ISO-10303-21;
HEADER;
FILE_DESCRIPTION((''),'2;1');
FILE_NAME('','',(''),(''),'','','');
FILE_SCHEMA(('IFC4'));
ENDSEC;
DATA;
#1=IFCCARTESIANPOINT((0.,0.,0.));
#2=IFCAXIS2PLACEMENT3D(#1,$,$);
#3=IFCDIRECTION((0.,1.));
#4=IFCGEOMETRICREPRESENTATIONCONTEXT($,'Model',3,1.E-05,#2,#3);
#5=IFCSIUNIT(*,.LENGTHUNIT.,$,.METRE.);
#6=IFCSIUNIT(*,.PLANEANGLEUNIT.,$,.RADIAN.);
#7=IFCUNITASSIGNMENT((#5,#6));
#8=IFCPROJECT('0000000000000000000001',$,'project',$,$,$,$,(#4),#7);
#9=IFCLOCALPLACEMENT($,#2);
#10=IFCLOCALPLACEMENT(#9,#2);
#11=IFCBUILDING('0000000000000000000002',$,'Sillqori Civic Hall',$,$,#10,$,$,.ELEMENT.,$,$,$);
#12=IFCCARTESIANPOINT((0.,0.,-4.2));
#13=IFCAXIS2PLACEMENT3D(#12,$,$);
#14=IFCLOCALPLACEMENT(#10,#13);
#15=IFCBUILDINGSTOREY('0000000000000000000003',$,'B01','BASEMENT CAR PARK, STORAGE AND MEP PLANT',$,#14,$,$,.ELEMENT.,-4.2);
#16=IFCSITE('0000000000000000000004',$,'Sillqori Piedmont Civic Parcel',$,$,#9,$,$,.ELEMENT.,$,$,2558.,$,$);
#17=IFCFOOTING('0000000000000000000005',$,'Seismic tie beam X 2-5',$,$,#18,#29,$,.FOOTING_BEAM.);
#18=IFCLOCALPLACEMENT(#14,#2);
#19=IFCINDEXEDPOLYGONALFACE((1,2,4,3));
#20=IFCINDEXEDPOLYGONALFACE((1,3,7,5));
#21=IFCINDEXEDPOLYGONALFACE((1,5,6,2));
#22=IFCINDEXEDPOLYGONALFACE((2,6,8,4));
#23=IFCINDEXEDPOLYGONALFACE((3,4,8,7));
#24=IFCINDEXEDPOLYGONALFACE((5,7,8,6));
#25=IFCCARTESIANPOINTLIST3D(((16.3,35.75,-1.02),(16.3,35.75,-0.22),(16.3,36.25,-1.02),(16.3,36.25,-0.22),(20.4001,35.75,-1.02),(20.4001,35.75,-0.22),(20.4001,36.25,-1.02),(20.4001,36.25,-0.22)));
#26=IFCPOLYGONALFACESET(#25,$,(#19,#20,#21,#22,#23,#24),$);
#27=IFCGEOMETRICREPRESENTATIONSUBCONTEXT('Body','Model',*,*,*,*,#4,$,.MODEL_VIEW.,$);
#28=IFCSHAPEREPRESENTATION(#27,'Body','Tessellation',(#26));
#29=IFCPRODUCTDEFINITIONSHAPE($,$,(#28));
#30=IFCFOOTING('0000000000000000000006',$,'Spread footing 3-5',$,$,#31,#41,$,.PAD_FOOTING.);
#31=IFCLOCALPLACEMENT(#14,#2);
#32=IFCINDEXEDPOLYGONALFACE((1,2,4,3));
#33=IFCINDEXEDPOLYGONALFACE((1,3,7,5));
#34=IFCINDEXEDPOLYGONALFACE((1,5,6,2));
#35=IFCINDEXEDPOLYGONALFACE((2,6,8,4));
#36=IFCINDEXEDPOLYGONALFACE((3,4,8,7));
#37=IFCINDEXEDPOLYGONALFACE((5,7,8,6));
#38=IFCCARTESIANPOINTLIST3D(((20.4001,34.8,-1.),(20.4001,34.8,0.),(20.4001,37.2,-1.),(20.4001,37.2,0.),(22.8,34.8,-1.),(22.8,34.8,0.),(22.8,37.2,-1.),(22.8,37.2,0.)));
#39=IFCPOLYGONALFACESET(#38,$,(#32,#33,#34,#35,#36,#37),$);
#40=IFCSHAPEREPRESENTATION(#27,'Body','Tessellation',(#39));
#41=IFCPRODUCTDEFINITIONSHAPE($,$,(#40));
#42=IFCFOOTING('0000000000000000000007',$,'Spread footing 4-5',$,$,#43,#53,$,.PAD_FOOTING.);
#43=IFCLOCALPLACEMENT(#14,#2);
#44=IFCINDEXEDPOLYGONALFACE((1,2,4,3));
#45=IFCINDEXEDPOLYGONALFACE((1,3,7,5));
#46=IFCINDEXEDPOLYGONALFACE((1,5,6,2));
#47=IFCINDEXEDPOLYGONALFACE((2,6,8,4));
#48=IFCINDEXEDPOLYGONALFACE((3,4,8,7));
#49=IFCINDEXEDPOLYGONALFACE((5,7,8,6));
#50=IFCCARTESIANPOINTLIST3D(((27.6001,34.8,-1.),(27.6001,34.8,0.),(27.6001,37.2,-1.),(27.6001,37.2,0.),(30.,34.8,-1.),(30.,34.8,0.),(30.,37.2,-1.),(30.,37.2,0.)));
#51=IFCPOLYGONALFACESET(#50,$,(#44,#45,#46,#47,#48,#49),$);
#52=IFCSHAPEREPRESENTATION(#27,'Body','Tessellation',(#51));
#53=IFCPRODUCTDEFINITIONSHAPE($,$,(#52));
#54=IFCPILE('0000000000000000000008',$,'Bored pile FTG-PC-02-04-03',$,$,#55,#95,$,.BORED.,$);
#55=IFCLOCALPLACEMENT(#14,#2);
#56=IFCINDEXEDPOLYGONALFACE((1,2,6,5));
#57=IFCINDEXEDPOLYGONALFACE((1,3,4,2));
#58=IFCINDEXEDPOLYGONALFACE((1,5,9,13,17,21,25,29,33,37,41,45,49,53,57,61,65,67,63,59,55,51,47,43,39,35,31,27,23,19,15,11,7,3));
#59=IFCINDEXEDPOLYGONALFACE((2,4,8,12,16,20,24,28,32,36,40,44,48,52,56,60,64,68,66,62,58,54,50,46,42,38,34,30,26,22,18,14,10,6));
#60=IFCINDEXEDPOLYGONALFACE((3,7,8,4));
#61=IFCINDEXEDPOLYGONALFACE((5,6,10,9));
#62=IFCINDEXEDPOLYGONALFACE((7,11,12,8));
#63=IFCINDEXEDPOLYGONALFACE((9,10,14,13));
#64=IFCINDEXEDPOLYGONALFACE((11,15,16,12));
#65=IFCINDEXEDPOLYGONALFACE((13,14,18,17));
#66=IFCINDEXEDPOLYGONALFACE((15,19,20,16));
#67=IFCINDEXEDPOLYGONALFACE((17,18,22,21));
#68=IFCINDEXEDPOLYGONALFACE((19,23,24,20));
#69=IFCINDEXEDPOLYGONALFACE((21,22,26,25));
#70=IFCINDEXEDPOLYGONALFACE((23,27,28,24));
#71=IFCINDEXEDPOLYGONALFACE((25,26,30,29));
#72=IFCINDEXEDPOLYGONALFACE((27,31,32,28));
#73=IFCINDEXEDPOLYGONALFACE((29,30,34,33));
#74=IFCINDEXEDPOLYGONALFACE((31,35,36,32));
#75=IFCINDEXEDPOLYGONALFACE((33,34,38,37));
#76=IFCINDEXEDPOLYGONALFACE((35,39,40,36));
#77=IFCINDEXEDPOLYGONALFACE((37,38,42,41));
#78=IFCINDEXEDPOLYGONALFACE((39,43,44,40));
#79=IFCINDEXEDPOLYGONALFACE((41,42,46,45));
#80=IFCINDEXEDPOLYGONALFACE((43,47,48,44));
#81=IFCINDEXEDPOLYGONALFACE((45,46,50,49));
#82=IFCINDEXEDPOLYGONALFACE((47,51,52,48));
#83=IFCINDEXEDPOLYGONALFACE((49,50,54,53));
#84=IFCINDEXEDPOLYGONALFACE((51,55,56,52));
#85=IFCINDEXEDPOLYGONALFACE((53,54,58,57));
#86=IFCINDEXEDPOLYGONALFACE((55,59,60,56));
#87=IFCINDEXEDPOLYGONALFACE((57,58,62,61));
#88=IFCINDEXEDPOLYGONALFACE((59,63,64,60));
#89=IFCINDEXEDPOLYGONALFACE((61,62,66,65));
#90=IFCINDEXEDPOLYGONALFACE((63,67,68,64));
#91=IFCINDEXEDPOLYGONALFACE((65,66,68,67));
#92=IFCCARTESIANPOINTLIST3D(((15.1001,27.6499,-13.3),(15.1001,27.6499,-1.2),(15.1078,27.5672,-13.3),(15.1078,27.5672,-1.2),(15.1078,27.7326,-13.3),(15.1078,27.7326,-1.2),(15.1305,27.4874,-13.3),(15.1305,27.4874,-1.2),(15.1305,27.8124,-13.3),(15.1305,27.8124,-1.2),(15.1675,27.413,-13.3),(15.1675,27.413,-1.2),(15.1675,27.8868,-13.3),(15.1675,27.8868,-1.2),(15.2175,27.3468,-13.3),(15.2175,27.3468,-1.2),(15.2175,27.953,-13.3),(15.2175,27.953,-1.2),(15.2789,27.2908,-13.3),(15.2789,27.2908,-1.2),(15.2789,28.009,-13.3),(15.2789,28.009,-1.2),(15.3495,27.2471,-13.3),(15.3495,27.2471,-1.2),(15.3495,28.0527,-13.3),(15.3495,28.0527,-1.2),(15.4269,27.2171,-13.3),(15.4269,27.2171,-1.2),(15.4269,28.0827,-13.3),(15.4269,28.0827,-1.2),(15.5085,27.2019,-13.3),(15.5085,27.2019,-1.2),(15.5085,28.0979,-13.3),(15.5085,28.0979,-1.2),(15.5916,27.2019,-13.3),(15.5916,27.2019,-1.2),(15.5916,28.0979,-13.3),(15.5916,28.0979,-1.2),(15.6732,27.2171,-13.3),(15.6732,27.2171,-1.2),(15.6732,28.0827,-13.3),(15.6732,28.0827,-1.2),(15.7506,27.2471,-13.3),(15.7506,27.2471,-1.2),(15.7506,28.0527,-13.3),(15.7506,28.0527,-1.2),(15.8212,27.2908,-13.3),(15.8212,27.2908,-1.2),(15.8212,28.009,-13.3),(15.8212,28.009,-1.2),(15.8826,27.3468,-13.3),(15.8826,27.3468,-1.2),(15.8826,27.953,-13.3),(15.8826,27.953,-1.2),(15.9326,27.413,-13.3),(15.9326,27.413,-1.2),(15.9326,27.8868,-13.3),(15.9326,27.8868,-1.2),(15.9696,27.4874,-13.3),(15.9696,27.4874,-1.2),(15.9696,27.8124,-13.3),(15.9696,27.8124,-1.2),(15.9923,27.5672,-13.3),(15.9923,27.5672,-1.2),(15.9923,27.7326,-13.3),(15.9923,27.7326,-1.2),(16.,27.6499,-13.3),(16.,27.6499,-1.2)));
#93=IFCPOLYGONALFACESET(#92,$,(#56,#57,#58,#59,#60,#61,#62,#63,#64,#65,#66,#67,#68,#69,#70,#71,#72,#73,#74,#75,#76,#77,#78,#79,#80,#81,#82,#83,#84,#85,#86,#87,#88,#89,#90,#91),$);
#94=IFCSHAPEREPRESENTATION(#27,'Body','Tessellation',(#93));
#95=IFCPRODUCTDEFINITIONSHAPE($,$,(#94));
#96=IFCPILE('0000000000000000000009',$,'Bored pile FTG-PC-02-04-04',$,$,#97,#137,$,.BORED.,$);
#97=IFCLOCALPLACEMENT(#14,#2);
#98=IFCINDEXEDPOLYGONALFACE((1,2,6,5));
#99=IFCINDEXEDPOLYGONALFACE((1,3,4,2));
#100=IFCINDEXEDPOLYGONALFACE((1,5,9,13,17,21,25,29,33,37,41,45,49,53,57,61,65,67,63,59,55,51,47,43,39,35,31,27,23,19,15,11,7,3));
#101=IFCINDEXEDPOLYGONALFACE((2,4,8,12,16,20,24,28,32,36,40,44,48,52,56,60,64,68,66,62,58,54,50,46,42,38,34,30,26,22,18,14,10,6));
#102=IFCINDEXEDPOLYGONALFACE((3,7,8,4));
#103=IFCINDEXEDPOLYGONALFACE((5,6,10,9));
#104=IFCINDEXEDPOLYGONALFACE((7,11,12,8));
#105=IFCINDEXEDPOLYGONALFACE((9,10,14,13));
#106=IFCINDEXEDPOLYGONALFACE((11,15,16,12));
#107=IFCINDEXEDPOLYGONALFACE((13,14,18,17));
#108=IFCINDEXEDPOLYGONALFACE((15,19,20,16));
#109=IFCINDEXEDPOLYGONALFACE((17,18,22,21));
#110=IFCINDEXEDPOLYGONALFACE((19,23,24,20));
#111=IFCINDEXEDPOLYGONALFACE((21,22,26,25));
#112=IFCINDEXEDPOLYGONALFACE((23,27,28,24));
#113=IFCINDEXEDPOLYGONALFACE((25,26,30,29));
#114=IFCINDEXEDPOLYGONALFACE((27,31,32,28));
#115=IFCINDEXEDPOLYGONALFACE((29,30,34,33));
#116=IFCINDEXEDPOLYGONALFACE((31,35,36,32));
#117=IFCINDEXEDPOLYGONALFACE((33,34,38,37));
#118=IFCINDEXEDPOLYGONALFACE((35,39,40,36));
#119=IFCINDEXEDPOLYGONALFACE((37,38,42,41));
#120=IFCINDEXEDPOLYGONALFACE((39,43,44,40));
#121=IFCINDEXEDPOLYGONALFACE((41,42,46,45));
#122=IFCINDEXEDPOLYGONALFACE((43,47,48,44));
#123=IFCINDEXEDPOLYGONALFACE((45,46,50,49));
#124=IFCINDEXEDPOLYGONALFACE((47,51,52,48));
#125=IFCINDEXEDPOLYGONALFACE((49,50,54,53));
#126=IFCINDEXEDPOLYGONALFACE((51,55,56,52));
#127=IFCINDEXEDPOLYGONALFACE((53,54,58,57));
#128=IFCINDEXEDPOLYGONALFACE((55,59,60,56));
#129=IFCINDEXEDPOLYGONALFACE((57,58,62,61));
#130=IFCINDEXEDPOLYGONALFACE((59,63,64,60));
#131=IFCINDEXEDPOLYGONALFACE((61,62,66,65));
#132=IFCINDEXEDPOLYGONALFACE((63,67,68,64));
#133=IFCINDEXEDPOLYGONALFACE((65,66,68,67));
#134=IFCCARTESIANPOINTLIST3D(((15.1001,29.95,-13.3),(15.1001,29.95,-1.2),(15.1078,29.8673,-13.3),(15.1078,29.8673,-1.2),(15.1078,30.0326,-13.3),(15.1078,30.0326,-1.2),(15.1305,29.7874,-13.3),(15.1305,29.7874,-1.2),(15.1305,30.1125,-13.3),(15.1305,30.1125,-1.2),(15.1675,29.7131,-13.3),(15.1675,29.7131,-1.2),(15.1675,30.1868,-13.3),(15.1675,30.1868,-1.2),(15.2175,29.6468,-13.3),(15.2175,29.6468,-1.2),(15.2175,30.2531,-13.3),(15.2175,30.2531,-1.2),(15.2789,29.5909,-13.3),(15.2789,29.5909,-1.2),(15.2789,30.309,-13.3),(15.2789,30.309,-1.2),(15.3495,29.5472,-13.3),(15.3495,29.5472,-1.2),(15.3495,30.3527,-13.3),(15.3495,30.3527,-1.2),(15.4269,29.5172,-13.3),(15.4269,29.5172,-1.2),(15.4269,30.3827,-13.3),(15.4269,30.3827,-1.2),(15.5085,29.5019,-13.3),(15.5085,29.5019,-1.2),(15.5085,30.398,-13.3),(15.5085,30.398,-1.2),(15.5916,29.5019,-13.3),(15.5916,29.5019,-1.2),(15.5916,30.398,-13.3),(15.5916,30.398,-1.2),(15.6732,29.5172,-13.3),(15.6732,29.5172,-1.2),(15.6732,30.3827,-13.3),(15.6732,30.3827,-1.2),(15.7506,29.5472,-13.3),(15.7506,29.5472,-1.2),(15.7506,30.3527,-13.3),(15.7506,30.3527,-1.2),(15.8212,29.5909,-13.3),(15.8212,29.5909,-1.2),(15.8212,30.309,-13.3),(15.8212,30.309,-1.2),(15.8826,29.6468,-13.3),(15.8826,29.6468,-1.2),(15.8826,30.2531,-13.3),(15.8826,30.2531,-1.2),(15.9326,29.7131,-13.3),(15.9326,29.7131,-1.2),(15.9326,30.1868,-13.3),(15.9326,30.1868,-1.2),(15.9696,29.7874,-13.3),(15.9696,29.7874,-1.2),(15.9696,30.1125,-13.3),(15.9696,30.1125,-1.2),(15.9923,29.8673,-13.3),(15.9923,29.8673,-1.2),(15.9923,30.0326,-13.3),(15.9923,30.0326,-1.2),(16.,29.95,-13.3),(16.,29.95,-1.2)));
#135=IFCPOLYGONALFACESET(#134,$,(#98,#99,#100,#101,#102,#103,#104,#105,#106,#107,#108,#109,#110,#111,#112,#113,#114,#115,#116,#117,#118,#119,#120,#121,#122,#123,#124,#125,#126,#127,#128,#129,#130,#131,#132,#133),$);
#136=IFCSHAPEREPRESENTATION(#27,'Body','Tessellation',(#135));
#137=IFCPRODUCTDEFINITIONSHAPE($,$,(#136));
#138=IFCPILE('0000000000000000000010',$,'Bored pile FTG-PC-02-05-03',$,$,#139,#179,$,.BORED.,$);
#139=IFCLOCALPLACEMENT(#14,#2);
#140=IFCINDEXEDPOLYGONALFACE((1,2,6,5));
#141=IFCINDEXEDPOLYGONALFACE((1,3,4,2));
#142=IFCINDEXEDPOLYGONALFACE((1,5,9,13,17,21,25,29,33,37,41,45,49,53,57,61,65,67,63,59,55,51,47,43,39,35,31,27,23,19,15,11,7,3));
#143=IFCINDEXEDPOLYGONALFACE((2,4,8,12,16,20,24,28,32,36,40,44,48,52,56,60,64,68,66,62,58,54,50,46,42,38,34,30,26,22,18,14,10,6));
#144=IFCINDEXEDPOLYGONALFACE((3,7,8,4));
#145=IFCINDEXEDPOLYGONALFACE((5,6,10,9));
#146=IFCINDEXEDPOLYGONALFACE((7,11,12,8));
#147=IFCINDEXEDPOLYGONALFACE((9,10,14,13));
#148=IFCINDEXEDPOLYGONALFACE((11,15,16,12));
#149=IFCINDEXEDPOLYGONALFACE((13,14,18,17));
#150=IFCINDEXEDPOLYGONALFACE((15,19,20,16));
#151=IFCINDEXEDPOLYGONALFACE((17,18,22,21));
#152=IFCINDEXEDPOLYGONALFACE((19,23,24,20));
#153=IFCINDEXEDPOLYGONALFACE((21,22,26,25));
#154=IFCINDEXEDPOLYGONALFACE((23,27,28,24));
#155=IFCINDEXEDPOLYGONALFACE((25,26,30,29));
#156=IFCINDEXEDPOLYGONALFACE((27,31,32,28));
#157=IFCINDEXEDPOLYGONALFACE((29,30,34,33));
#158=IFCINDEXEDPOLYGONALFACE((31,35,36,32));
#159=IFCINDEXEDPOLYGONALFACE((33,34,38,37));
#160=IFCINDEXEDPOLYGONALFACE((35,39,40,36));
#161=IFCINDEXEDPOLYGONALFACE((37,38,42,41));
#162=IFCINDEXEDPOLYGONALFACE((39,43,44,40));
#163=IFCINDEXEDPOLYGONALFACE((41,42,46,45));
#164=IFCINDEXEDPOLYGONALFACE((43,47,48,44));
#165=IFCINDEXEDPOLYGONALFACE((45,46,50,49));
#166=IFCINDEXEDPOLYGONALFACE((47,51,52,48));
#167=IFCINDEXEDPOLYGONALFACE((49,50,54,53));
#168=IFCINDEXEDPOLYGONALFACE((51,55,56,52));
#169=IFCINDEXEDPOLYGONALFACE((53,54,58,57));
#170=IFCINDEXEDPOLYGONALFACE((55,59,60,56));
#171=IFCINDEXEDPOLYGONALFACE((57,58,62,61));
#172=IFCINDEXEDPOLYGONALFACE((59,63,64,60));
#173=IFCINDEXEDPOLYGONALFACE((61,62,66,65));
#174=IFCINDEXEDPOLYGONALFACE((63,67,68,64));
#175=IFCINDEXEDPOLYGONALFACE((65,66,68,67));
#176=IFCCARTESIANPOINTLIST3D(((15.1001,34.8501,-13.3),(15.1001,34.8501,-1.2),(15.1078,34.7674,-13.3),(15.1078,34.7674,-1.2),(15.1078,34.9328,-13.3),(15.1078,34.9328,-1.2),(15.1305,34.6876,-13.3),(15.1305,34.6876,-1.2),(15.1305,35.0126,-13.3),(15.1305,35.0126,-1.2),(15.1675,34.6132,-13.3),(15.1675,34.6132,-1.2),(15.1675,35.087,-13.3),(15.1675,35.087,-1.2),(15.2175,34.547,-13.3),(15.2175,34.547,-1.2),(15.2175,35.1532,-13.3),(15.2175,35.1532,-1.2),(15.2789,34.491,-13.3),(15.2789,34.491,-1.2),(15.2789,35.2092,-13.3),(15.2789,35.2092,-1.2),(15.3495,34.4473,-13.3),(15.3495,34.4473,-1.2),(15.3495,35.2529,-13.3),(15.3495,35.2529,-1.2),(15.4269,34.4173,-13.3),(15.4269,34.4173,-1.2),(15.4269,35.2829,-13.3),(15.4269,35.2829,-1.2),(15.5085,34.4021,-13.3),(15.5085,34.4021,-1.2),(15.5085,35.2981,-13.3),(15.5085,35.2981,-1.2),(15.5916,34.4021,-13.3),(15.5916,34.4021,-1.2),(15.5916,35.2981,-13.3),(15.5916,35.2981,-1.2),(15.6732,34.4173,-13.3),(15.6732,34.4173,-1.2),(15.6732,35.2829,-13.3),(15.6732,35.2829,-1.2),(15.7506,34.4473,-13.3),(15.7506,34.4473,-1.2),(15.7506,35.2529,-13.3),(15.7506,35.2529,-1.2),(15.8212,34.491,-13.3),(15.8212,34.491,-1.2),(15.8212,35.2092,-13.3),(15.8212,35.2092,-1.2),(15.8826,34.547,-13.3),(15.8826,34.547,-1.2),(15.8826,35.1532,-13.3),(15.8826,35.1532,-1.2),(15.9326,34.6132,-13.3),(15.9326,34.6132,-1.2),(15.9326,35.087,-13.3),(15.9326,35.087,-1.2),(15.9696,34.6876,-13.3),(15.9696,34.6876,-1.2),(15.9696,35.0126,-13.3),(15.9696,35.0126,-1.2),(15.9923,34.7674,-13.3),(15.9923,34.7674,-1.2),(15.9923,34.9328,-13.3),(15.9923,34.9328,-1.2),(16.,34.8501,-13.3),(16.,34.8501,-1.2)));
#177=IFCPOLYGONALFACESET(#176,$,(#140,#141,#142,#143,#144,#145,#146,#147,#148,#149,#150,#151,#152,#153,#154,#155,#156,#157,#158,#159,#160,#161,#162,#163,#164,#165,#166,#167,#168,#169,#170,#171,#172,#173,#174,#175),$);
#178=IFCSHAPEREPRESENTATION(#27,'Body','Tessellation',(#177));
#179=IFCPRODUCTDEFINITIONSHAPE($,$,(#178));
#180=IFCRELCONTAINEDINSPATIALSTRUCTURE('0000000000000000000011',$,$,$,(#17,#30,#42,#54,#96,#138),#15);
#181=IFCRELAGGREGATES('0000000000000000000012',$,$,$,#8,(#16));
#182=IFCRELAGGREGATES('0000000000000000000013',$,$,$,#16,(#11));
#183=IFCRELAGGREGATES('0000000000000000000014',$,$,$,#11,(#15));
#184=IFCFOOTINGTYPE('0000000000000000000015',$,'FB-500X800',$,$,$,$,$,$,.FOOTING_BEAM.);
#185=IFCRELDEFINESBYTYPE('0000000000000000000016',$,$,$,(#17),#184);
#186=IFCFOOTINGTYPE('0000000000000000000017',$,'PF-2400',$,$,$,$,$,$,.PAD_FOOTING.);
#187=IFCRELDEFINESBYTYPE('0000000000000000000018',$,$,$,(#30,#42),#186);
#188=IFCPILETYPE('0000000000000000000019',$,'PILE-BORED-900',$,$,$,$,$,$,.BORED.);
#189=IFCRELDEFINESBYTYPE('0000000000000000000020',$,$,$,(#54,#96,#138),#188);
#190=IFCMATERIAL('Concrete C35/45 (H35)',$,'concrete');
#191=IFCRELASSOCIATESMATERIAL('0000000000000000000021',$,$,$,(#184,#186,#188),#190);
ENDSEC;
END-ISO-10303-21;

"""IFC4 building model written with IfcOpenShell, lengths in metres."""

from ifc_helpers import new_model, si_unit, direction, frame, origin, origin_2d, place, context, subcontext, project, spatial, rectangle, circle, extrude, material, material_profile, profile_set, type_object, element, save


model = new_model("IFC4")

# Units and contexts
model_context = context("Model", 3, precision=1e-05, world=origin(), true_north=direction((0.0, 1.0)))
body_context = subcontext(model_context, "Body", "Model", "MODEL_VIEW")
ifc_project = project(units=[si_unit("LENGTHUNIT", "METRE"), si_unit("PLANEANGLEUNIT", "RADIAN")], contexts=[model_context])

# Site, building, storey
site_placement = place(None, origin())
site = spatial("IfcSite", under=ifc_project, at=site_placement, Name="Sillqori Piedmont Civic Parcel", CompositionType="ELEMENT", RefElevation=2558.0)
building_placement = place(site_placement, origin())
building = spatial("IfcBuilding", under=site, at=building_placement, Name="Sillqori Civic Hall", CompositionType="ELEMENT")
storey_placement = place(building_placement, frame((0.0, 0.0, -4.2)))
storey = spatial("IfcBuildingStorey", under=building, at=storey_placement, Name="B01", Description="BASEMENT CAR PARK, STORAGE AND MEP PLANT", CompositionType="ELEMENT", Elevation=-4.2)

# Footings
ifc_material_1 = material(Name="Concrete C35/45 (H35)", Category="concrete")
footing_type_1 = type_object("IfcFootingType", Name="FB-500X800", PredefinedType="FOOTING_BEAM", material=ifc_material_1)
footing_1_placement = place(storey_placement, frame((18.3501, 36.0, -1.02), z_axis=(0.0, 0.0, 1.0), x_axis=(1.0, 0.0, 0.0)))
element("IfcFooting", 1, at=footing_1_placement, inside=storey, type_object=footing_type_1, Name="Seismic tie beam X 2-5", PredefinedType="FOOTING_BEAM", context=body_context, shape_type="SweptSolid", body=[
    extrude(rectangle(XDim=4.1001, YDim=0.5, at=origin_2d()), origin(), (0.0, 0.0, 1.0), 0.8),
])
footing_type_2 = type_object("IfcFootingType", Name="PF-2400", PredefinedType="PAD_FOOTING", material=ifc_material_1)
for number, where, z_axis, x_axis, name in (
    (2, (21.6001, 36.0, -1.0), (0.0, 0.0, 1.0), (1.0, 0.0, 0.0), "Spread footing 3-5"),
    (3, (28.8, 36.0, -1.0), (0.0, 0.0, 1.0), (1.0, 0.0, 0.0), "Spread footing 4-5"),
):
    element("IfcFooting", number, at=place(storey_placement, frame(where, z_axis=z_axis, x_axis=x_axis)), inside=storey, type_object=footing_type_2, Name=name, PredefinedType="PAD_FOOTING", context=body_context, shape_type="SweptSolid", body=[
        extrude(rectangle(XDim=2.3999, YDim=2.3999, at=origin_2d()), origin(), (0.0, 0.0, 1.0), 1.0),
    ])

# Piles
ifc_material_profile_1 = material_profile(ifc_material_1, circle(Radius=0.45, at=origin_2d()), Name="BORED PILE 900")
ifc_profile_set_1 = profile_set([ifc_material_profile_1], Name="Concrete C35/45 (H35)")
pile_type = type_object("IfcPileType", Name="PILE-BORED-900", PredefinedType="BORED", material=ifc_profile_set_1)
for number, where, z_axis, x_axis, name in (
    (4, (15.55, 27.6499, -1.2), (0.0, 0.0, -1.0), (1.0, 0.0, 0.0), "Bored pile FTG-PC-02-04-03"),
    (5, (15.55, 29.95, -1.2), (0.0, 0.0, -1.0), (1.0, 0.0, 0.0), "Bored pile FTG-PC-02-04-04"),
    (6, (15.55, 34.8501, -1.2), (0.0, 0.0, -1.0), (1.0, 0.0, 0.0), "Bored pile FTG-PC-02-05-03"),
):
    element("IfcPile", number, at=place(storey_placement, frame(where, z_axis=z_axis, x_axis=x_axis)), inside=storey, type_object=pile_type, Name=name, PredefinedType="BORED", context=body_context, shape_type="SweptSolid", body=[
        extrude(circle(Radius=0.45, at=origin_2d()), origin(), (0.0, 0.0, 1.0), 12.1001),
    ])

save(model, "model.ifc")
